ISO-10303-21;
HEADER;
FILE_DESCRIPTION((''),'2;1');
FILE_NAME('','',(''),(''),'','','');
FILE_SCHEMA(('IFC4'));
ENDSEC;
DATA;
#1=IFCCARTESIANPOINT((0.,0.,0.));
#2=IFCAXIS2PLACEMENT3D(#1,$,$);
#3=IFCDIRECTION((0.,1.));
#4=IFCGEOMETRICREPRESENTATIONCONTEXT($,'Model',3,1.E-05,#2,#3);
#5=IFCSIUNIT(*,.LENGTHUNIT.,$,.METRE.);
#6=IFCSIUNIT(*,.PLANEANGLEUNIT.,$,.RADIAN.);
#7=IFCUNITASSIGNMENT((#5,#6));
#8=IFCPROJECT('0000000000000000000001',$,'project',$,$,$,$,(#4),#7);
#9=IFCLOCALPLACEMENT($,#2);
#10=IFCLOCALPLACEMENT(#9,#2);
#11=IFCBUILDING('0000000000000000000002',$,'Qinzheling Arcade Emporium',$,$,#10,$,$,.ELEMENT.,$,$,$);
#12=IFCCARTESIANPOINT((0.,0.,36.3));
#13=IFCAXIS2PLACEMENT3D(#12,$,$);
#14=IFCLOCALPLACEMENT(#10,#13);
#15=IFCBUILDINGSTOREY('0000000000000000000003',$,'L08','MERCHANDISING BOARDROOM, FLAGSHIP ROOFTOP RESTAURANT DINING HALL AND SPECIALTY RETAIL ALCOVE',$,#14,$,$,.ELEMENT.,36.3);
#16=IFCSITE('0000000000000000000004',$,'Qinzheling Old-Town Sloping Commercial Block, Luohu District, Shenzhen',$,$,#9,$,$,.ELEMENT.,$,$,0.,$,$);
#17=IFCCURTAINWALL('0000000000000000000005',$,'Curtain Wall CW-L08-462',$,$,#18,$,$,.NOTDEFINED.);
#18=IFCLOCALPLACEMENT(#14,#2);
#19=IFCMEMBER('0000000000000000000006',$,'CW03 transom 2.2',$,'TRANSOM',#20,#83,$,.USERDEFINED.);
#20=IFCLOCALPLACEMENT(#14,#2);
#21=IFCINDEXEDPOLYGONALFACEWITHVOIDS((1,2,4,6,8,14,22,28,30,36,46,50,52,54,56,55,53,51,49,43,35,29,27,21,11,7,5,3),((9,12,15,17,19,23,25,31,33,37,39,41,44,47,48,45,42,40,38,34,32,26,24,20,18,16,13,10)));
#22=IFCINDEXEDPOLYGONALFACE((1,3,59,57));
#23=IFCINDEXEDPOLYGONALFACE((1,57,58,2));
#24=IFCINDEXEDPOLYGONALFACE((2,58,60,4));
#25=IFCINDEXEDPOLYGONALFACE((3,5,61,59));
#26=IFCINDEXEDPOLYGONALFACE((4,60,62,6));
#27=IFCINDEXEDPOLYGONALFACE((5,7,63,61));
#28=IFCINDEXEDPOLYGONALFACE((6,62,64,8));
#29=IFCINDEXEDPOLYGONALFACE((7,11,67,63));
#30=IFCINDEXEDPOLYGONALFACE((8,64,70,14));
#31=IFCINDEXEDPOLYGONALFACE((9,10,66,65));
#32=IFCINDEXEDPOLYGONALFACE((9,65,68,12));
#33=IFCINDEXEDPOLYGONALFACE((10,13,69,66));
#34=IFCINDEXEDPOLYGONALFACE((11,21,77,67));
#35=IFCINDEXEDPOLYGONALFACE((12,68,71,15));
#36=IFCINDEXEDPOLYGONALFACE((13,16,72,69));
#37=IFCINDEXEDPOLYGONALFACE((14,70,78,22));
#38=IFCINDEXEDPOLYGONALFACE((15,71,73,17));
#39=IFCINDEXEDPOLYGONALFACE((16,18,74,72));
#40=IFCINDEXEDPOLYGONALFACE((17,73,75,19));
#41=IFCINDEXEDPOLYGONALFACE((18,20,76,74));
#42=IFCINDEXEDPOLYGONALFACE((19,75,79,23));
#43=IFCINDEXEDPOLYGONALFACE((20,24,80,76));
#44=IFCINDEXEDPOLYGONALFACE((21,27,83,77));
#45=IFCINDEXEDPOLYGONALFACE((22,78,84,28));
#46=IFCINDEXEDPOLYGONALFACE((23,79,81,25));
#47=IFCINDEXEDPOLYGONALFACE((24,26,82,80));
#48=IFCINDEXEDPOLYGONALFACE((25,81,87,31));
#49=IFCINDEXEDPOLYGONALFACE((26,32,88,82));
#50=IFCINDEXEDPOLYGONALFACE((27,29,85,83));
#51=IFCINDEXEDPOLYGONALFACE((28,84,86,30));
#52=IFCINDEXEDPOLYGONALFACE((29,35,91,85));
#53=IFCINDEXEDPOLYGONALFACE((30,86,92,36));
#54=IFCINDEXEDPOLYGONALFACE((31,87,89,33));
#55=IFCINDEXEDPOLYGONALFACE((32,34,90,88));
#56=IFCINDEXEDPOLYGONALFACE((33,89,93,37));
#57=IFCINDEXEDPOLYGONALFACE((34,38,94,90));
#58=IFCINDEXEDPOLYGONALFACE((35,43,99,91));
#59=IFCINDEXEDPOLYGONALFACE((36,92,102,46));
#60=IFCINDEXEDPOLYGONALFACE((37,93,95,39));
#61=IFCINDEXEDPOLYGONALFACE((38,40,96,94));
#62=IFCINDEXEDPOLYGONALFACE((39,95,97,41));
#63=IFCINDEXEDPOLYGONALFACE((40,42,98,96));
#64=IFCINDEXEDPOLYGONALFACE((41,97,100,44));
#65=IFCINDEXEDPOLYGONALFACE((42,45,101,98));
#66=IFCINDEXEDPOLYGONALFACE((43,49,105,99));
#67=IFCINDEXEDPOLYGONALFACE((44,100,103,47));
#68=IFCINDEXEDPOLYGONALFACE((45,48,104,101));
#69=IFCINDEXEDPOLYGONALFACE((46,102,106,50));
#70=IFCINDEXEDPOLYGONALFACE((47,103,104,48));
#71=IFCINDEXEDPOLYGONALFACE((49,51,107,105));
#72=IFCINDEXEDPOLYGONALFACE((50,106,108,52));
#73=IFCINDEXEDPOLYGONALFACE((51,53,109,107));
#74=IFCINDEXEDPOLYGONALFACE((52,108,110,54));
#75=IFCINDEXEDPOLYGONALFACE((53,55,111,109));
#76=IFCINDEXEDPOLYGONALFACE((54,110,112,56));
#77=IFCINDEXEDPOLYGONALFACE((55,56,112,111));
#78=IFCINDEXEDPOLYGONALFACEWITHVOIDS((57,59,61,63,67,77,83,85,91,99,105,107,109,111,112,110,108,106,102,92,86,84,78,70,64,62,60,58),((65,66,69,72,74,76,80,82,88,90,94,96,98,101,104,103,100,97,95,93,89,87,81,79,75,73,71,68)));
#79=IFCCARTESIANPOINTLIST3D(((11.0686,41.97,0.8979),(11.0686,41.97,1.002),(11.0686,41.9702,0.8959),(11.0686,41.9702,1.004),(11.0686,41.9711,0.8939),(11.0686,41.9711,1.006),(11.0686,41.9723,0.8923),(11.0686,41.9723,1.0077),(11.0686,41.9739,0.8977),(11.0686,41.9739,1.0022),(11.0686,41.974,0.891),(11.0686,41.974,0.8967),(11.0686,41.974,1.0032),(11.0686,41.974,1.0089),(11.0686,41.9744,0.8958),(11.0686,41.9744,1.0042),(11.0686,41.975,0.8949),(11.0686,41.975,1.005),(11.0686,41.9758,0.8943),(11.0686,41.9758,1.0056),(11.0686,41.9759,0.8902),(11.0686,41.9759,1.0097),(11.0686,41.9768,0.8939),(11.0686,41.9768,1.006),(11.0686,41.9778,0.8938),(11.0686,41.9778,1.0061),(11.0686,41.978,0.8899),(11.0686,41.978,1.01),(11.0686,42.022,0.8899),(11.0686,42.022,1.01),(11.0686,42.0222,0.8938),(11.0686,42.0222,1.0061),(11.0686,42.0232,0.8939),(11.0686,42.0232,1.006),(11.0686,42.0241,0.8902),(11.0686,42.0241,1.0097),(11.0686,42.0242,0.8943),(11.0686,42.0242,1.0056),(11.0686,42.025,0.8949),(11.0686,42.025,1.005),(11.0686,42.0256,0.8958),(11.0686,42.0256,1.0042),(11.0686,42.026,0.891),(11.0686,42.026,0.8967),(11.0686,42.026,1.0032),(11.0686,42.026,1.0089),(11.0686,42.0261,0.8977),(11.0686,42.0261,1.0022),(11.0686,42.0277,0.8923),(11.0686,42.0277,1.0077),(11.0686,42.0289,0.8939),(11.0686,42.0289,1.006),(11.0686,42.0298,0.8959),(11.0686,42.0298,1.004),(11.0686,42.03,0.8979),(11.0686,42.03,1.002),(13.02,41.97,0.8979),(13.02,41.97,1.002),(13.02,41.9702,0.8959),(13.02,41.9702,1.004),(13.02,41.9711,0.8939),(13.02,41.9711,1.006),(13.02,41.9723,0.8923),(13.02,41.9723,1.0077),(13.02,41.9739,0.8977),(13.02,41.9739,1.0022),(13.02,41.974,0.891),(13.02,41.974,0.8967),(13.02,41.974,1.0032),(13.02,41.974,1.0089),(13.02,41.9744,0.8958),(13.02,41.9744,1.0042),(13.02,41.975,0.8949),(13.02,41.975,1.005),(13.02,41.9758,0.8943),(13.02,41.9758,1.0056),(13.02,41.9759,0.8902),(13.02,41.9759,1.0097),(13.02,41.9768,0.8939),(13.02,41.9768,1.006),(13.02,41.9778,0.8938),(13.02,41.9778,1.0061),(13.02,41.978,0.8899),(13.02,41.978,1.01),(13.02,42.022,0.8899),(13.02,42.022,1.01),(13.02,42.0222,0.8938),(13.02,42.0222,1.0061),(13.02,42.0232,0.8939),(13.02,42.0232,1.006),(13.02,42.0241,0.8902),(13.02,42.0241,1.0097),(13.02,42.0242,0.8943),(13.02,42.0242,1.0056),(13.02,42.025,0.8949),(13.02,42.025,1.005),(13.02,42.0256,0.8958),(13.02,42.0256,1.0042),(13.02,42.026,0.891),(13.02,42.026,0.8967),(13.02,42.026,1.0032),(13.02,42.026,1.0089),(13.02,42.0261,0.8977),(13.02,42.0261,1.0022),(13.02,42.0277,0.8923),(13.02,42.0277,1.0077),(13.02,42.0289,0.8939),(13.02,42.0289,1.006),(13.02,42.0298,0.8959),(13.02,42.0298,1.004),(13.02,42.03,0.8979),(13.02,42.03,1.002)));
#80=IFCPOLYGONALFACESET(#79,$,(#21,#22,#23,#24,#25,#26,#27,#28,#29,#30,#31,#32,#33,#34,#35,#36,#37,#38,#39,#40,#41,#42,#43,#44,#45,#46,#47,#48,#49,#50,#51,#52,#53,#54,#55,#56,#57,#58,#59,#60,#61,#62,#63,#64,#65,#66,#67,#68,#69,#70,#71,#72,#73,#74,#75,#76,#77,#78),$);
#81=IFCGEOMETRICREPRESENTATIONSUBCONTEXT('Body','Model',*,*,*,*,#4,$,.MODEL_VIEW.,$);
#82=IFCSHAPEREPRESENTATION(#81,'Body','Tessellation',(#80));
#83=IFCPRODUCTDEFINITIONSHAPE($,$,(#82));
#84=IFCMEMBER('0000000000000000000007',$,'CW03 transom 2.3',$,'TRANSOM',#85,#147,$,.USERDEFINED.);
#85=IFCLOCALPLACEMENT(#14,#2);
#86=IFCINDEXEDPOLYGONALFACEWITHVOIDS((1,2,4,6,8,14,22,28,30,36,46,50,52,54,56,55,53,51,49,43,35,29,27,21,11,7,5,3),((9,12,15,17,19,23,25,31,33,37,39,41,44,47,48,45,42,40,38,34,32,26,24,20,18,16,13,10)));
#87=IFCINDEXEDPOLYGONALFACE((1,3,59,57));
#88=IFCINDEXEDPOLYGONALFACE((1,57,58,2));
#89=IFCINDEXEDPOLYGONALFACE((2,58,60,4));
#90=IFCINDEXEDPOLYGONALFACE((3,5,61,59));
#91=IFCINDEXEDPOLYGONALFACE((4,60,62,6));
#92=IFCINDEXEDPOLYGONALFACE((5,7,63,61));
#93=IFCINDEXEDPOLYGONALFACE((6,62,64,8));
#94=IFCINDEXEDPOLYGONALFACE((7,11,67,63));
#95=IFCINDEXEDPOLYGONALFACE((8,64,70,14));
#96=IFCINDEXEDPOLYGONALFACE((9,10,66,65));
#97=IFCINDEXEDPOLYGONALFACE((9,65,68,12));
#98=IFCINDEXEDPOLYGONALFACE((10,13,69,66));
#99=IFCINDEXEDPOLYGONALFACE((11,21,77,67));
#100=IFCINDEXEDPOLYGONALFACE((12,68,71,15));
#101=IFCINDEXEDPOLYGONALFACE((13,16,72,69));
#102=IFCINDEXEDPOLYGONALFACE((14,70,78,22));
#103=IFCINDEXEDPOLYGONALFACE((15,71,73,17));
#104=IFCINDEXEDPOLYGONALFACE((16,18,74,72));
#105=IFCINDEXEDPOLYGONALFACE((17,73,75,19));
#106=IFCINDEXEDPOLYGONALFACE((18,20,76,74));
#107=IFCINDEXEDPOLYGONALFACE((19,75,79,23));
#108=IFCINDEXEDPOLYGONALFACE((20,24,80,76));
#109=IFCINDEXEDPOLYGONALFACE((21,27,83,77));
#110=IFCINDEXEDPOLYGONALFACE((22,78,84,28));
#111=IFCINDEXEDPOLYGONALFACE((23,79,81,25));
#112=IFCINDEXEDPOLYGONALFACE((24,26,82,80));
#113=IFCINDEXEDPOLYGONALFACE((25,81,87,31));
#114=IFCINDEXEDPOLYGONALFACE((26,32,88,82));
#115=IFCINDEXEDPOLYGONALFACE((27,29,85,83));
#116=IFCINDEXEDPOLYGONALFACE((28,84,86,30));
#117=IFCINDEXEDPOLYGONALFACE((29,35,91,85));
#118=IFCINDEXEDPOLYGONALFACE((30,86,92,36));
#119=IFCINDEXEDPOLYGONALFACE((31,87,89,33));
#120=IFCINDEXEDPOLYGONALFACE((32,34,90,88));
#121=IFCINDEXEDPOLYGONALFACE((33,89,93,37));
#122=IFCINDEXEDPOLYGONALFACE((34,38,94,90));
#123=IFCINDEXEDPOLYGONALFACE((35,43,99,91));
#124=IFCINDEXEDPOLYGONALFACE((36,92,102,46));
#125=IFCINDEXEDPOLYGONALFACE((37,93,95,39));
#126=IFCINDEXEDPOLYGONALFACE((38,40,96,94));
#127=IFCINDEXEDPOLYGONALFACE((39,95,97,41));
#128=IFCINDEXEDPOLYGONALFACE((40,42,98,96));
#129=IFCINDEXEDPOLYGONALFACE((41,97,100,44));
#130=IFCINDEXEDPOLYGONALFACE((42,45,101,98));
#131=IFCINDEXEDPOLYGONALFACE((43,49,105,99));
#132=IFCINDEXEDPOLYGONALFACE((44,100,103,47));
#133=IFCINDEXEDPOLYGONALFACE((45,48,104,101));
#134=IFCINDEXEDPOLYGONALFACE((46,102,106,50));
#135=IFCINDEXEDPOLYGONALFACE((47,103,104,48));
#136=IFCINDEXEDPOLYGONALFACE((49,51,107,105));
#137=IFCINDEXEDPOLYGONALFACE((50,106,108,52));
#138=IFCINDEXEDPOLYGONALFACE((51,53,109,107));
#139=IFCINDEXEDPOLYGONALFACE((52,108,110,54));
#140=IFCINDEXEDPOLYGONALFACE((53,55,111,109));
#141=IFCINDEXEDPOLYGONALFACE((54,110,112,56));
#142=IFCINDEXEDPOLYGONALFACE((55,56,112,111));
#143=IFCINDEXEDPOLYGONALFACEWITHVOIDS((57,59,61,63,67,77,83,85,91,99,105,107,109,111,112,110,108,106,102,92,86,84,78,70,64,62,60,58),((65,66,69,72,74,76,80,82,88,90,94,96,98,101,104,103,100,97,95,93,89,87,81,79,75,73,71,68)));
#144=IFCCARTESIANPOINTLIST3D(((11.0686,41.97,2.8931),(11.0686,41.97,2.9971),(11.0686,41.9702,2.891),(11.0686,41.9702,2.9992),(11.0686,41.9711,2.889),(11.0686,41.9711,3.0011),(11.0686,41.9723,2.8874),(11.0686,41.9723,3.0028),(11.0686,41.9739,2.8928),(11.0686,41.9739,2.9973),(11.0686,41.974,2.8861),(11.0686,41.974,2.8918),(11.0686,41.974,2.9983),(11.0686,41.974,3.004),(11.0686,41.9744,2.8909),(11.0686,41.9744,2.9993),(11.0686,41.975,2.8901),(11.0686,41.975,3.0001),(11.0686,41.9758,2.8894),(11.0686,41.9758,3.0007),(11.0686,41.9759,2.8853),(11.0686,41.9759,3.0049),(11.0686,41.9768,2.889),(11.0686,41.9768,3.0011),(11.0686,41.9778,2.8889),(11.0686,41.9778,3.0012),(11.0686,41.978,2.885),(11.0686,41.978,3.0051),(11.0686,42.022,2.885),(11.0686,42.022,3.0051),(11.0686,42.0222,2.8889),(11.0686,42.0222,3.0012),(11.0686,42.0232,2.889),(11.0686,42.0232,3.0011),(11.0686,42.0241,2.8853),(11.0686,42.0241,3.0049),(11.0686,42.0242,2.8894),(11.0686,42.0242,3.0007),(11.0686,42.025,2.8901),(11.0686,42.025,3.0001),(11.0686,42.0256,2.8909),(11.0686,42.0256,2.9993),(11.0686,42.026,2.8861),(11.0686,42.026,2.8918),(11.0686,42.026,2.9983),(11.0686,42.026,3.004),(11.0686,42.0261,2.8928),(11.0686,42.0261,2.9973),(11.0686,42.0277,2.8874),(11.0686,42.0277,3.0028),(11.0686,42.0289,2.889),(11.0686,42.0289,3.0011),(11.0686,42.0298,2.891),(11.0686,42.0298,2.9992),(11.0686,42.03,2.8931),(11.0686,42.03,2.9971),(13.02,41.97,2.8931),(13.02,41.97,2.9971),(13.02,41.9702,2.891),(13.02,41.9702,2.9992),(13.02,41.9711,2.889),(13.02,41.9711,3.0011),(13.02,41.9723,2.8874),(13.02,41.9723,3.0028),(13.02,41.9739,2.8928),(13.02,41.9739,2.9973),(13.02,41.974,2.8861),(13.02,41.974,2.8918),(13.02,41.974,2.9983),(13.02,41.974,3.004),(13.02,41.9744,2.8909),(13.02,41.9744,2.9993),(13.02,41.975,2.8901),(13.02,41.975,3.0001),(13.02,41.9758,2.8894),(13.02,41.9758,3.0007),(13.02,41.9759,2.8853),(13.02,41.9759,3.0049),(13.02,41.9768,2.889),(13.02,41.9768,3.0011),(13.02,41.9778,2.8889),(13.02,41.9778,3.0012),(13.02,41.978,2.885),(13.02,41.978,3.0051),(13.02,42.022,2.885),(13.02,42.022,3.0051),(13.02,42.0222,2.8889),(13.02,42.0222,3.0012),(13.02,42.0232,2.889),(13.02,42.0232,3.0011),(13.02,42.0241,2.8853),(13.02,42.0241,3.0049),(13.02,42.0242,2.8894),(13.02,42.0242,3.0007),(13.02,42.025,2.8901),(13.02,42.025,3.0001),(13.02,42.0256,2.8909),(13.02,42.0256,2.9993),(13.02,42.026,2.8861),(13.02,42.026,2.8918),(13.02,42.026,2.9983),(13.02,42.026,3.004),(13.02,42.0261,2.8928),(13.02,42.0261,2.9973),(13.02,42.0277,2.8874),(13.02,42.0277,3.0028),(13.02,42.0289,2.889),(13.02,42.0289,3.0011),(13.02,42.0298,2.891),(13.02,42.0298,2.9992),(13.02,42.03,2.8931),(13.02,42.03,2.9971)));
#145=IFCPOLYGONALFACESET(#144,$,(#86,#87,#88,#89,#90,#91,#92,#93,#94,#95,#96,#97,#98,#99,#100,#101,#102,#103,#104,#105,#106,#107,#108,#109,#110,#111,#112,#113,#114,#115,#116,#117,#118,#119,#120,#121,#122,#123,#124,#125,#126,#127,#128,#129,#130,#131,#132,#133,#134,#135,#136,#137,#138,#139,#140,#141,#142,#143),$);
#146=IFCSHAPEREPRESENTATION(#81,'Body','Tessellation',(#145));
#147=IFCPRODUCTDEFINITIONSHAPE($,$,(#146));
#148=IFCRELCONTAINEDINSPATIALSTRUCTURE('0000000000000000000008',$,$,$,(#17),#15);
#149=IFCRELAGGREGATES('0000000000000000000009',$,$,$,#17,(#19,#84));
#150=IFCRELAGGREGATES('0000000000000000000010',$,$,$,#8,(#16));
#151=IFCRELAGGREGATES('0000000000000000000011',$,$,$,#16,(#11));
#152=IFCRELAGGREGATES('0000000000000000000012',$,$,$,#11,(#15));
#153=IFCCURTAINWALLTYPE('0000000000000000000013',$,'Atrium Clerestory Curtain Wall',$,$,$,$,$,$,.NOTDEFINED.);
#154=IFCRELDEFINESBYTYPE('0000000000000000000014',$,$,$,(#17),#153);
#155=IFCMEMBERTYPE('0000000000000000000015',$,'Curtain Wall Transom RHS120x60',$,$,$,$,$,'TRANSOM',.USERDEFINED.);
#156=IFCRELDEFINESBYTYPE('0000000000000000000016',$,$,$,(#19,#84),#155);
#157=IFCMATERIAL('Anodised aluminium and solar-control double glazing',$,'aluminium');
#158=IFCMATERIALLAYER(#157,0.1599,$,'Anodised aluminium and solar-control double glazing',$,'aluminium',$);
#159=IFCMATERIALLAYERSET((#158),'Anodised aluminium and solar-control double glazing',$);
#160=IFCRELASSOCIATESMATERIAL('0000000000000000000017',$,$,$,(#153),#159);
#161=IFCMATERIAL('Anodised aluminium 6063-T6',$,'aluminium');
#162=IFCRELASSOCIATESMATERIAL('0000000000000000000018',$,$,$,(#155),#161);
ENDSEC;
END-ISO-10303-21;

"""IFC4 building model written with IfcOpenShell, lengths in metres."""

from ifc_helpers import new_model, si_unit, direction, frame, origin, origin_2d, place, context, subcontext, project, spatial, hollow_rectangle, extrude, material, layer, layer_set, material_profile, profile_set, type_object, element, aggregate, save


model = new_model("IFC4")

# Units and contexts
model_context = context("Model", 3, precision=1e-05, world=origin(), true_north=direction((0.0, 1.0)))
body_context = subcontext(model_context, "Body", "Model", "MODEL_VIEW")
ifc_project = project(units=[si_unit("LENGTHUNIT", "METRE"), si_unit("PLANEANGLEUNIT", "RADIAN")], contexts=[model_context])

# Site, building, storey
site_placement = place(None, origin())
site = spatial("IfcSite", under=ifc_project, at=site_placement, Name="Qinzheling Old-Town Sloping Commercial Block, Luohu District, Shenzhen", CompositionType="ELEMENT", RefElevation=0.0)
building_placement = place(site_placement, origin())
building = spatial("IfcBuilding", under=site, at=building_placement, Name="Qinzheling Arcade Emporium", CompositionType="ELEMENT")
storey_placement = place(building_placement, frame((0.0, 0.0, 36.3)))
storey = spatial("IfcBuildingStorey", under=building, at=storey_placement, Name="L08", Description="MERCHANDISING BOARDROOM, FLAGSHIP ROOFTOP RESTAURANT DINING HALL AND SPECIALTY RETAIL ALCOVE", CompositionType="ELEMENT", Elevation=36.3)

# Shared definitions
ifc_material_1 = material(Name="Anodised aluminium and solar-control double glazing", Category="aluminium")
ifc_material_2 = material(Name="Anodised aluminium 6063-T6", Category="aluminium")

# Curtain wall, members
ifc_layer_1 = layer(ifc_material_1, 0.1599, Name="Anodised aluminium and solar-control double glazing", Category="aluminium")
ifc_layer_set_1 = layer_set([ifc_layer_1], Name="Anodised aluminium and solar-control double glazing")
curtain_wall_type_1 = type_object("IfcCurtainWallType", Name="Atrium Clerestory Curtain Wall", PredefinedType="NOTDEFINED", material=ifc_layer_set_1)
curtain_wall_1_placement = place(storey_placement, origin())
curtain_wall_1 = element("IfcCurtainWall", 1, at=curtain_wall_1_placement, inside=storey, type_object=curtain_wall_type_1, Name="Curtain Wall CW-L08-462", PredefinedType="NOTDEFINED")
ifc_material_profile_1 = material_profile(ifc_material_2, hollow_rectangle(XDim=0.0601, YDim=0.1201, WallThickness=0.0039, InnerFilletRadius=0.0039, OuterFilletRadius=0.0081, at=origin_2d()), Name="RHS 120x60x4", Category="aluminium")
ifc_profile_set_1 = profile_set([ifc_material_profile_1], Name="Anodised aluminium 6063-T6")
member_type_1 = type_object("IfcMemberType", Name="Curtain Wall Transom RHS120x60", ElementType="TRANSOM", PredefinedType="USERDEFINED", material=ifc_profile_set_1)
member_1_placement = place(storey_placement, frame((11.0686, 42.0, 0.95), z_axis=(1.0, 0.0, 0.0), x_axis=(0.0, 1.0, 0.0)))
member_1 = element("IfcMember", 2, at=member_1_placement, type_object=member_type_1, Name="CW03 transom 2.2", ObjectType="TRANSOM", PredefinedType="USERDEFINED", context=body_context, shape_type="SweptSolid", body=[
    extrude(hollow_rectangle(XDim=0.0601, YDim=0.1201, WallThickness=0.0039, InnerFilletRadius=0.0039, OuterFilletRadius=0.0081, at=origin_2d()), origin(), (0.0, 0.0, 1.0), 1.9514),
])
member_2_placement = place(storey_placement, frame((11.0686, 42.0, 2.9451), z_axis=(1.0, 0.0, 0.0), x_axis=(0.0, 1.0, 0.0)))
member_2 = element("IfcMember", 3, at=member_2_placement, type_object=member_type_1, Name="CW03 transom 2.3", ObjectType="TRANSOM", PredefinedType="USERDEFINED", context=body_context, shape_type="SweptSolid", body=[
    extrude(hollow_rectangle(XDim=0.0601, YDim=0.1201, WallThickness=0.0039, InnerFilletRadius=0.0039, OuterFilletRadius=0.0081, at=origin_2d()), origin(), (0.0, 0.0, 1.0), 1.9514),
])

aggregate(curtain_wall_1, [member_1, member_2])

save(model, "model.ifc")
